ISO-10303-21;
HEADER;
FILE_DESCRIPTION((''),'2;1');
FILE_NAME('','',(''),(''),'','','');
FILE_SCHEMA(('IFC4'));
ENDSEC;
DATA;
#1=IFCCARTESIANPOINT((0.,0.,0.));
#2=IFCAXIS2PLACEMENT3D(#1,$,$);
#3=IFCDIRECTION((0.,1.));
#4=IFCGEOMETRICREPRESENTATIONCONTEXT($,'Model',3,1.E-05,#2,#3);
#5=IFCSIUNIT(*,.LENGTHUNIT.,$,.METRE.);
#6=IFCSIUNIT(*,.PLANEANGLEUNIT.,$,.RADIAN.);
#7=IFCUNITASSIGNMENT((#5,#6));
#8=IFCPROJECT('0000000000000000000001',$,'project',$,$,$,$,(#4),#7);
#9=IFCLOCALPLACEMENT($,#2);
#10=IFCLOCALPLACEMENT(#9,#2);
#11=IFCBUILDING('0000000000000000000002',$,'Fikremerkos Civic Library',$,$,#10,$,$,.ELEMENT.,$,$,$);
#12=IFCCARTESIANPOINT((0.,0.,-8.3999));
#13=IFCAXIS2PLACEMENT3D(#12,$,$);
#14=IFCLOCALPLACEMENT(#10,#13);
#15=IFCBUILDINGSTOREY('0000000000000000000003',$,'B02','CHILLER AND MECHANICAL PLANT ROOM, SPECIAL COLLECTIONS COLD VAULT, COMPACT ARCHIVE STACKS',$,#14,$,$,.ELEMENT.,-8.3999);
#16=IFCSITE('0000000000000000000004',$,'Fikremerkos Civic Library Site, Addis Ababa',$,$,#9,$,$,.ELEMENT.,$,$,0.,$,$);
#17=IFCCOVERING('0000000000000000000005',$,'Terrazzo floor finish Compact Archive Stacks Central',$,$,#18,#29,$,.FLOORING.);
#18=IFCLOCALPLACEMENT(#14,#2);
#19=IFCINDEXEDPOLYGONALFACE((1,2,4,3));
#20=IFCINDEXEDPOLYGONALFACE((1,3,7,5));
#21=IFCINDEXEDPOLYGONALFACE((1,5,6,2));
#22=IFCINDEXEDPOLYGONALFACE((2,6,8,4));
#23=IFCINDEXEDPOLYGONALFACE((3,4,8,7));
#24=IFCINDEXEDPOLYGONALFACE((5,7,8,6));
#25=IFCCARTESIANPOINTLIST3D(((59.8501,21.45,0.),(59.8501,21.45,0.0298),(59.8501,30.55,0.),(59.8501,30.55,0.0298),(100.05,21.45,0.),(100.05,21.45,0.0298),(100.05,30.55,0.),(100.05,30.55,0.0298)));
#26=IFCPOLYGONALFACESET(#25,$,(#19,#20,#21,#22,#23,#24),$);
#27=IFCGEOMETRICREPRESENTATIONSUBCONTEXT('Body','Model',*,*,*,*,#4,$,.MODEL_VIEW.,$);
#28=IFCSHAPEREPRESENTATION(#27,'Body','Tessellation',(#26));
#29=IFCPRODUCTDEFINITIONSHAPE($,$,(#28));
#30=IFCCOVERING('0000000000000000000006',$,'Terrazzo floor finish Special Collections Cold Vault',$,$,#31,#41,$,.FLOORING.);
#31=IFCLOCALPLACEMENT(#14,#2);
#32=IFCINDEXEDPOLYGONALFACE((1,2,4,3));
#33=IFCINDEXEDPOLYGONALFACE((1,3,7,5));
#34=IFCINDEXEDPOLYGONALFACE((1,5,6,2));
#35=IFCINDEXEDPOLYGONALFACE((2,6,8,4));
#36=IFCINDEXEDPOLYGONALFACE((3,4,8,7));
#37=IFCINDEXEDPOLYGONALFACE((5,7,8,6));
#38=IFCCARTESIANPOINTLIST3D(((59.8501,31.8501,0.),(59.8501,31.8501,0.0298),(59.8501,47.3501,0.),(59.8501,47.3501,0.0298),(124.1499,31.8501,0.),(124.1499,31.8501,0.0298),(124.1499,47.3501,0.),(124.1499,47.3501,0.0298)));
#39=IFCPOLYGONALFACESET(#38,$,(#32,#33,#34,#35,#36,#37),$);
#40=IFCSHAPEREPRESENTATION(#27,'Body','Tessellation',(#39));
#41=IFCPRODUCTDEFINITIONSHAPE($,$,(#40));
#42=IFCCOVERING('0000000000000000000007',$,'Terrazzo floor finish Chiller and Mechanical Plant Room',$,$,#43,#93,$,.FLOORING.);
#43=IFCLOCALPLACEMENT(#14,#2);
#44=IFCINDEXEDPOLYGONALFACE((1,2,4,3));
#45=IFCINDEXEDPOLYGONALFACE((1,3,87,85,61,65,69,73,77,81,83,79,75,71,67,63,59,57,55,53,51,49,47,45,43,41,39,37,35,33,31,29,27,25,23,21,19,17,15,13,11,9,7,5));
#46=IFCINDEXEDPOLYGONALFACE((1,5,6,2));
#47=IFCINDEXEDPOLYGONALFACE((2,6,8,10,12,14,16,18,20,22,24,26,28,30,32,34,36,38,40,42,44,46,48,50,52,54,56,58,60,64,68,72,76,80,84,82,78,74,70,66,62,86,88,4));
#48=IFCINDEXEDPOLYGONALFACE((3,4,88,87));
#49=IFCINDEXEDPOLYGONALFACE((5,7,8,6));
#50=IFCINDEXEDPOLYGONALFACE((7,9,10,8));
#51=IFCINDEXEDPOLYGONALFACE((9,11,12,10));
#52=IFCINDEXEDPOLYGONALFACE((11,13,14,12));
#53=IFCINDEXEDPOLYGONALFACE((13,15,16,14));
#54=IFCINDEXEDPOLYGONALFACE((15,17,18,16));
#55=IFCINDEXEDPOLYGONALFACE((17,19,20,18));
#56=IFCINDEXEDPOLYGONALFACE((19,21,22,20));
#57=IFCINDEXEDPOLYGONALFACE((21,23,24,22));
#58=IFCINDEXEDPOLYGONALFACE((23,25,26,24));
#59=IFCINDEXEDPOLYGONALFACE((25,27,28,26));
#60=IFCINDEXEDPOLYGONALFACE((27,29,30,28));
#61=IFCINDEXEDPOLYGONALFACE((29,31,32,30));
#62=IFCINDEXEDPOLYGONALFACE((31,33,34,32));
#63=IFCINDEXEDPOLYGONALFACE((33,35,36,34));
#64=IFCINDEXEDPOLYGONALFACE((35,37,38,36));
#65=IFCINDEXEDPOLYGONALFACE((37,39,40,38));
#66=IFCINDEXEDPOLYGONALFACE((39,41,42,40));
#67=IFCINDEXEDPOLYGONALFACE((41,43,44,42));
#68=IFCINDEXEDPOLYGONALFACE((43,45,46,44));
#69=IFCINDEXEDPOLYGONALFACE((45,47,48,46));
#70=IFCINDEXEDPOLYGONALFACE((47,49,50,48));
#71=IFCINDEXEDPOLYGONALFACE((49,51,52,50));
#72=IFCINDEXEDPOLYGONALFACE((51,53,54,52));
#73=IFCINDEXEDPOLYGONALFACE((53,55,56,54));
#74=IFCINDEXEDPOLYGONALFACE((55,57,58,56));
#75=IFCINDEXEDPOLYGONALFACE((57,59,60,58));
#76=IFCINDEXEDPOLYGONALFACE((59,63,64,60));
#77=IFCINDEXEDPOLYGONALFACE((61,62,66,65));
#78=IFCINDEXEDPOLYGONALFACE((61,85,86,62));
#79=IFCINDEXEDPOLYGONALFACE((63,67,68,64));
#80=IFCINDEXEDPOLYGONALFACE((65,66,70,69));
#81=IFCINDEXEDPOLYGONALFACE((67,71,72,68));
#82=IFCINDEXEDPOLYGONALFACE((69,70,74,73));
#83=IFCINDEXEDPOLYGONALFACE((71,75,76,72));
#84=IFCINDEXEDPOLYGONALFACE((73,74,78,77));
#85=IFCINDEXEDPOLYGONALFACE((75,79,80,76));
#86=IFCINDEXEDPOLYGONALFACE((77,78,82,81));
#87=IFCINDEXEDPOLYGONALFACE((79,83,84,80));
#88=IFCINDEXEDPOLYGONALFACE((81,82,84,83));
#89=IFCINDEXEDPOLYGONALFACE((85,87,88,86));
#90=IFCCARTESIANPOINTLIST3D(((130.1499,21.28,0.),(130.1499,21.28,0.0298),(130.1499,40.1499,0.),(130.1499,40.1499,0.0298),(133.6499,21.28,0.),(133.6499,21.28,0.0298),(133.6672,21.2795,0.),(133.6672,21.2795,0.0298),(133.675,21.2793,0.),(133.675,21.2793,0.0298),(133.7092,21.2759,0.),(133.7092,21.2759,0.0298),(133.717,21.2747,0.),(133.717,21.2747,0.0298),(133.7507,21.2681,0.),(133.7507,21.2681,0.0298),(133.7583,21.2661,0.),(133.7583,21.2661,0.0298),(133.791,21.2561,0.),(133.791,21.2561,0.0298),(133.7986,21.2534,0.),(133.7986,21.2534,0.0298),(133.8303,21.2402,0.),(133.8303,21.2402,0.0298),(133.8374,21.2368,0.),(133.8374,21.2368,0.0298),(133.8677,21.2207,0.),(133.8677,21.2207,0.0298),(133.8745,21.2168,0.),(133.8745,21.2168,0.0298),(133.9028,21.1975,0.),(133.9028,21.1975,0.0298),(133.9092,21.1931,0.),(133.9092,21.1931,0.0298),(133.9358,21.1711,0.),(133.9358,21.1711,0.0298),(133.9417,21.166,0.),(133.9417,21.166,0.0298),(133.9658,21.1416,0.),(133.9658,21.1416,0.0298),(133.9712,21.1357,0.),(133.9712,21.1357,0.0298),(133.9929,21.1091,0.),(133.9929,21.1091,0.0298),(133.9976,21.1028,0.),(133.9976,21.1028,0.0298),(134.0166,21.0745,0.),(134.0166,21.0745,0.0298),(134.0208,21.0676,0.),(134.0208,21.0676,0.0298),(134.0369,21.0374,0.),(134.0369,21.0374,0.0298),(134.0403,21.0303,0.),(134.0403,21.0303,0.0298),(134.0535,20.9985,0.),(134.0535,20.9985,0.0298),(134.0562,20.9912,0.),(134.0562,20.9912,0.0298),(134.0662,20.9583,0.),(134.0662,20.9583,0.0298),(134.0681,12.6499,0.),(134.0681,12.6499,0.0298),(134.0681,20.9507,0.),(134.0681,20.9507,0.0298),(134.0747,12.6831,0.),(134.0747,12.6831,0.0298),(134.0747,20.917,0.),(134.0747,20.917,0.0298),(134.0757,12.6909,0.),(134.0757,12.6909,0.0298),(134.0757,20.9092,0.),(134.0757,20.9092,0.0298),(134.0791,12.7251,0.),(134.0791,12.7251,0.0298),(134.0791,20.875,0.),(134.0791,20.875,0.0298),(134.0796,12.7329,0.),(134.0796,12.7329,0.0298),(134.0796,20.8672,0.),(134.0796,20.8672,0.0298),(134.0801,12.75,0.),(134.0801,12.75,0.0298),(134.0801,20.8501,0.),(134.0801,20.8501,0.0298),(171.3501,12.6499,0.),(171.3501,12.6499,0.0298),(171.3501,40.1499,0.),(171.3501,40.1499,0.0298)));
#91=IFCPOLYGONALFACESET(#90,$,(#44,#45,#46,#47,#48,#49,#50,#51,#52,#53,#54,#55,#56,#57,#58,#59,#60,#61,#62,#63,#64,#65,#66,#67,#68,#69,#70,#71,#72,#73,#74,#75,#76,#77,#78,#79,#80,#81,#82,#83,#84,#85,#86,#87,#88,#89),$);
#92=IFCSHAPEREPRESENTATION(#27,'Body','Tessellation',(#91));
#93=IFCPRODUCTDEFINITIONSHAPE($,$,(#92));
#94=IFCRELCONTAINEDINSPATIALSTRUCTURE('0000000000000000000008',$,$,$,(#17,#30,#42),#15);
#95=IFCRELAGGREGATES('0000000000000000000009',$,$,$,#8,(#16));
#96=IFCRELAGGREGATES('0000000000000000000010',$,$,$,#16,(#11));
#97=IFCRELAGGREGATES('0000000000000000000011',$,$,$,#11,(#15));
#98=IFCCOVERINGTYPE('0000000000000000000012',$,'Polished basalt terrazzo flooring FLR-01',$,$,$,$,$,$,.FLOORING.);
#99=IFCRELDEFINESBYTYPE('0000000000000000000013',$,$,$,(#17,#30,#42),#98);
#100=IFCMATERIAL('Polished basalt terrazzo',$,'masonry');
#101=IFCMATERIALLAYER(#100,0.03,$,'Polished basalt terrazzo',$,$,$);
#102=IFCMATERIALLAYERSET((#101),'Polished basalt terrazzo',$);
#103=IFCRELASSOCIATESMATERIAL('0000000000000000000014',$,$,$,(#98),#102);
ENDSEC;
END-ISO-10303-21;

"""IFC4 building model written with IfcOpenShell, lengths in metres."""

from ifc_helpers import new_model, si_unit, direction, frame, origin, place, context, subcontext, project, spatial, polyline, outline, extrude, material, layer, layer_set, type_object, element, save


model = new_model("IFC4")

# Units and contexts
model_context = context("Model", 3, precision=1e-05, world=origin(), true_north=direction((0.0, 1.0)))
body_context = subcontext(model_context, "Body", "Model", "MODEL_VIEW")
ifc_project = project(units=[si_unit("LENGTHUNIT", "METRE"), si_unit("PLANEANGLEUNIT", "RADIAN")], contexts=[model_context])

# Site, building, storey
site_placement = place(None, origin())
site = spatial("IfcSite", under=ifc_project, at=site_placement, Name="Fikremerkos Civic Library Site, Addis Ababa", CompositionType="ELEMENT", RefElevation=0.0)
building_placement = place(site_placement, origin())
building = spatial("IfcBuilding", under=site, at=building_placement, Name="Fikremerkos Civic Library", CompositionType="ELEMENT")
storey_placement = place(building_placement, frame((0.0, 0.0, -8.3999)))
storey = spatial("IfcBuildingStorey", under=building, at=storey_placement, Name="B02", Description="CHILLER AND MECHANICAL PLANT ROOM, SPECIAL COLLECTIONS COLD VAULT, COMPACT ARCHIVE STACKS", CompositionType="ELEMENT", Elevation=-8.3999)

# Coverings
ifc_material_1 = material(Name="Polished basalt terrazzo", Category="masonry")
ifc_layer_1 = layer(ifc_material_1, 0.03, Name="Polished basalt terrazzo")
ifc_layer_set_1 = layer_set([ifc_layer_1], Name="Polished basalt terrazzo")
covering_type_1 = type_object("IfcCoveringType", Name="Polished basalt terrazzo flooring FLR-01", PredefinedType="FLOORING", material=ifc_layer_set_1)
covering_1_placement = place(storey_placement, origin())
element("IfcCovering", 1, at=covering_1_placement, inside=storey, type_object=covering_type_1, Name="Terrazzo floor finish Compact Archive Stacks Central", PredefinedType="FLOORING", context=body_context, shape_type="SweptSolid", body=[
    extrude(outline(polyline([(59.8501, 21.45), (59.8501, 30.55), (100.05, 30.55), (100.05, 21.45), (59.8501, 21.45)])), origin(), (0.0, 0.0, 1.0), 0.0298),
])
covering_2_placement = place(storey_placement, origin())
element("IfcCovering", 2, at=covering_2_placement, inside=storey, type_object=covering_type_1, Name="Terrazzo floor finish Special Collections Cold Vault", PredefinedType="FLOORING", context=body_context, shape_type="SweptSolid", body=[
    extrude(outline(polyline([(59.8501, 31.8501), (59.8501, 47.3501), (124.1499, 47.3501), (124.1499, 31.8501), (59.8501, 31.8501)])), origin(), (0.0, 0.0, 1.0), 0.0298),
])
covering_3_placement = place(storey_placement, origin())
element("IfcCovering", 3, at=covering_3_placement, inside=storey, type_object=covering_type_1, Name="Terrazzo floor finish Chiller and Mechanical Plant Room", PredefinedType="FLOORING", context=body_context, shape_type="SweptSolid", body=[
    extrude(outline(polyline([(130.1499, 40.1499), (171.3501, 40.1499), (171.3501, 12.6499), (134.0681, 12.6499), (134.0747, 12.6831), (134.0757, 12.6909), (134.0791, 12.7251), (134.0796, 12.7329), (134.0801, 12.75), (134.0801, 20.8501), (134.0796, 20.8672), (134.0791, 20.875), (134.0757, 20.9092), (134.0747, 20.917), (134.0681, 20.9507), (134.0662, 20.9583), (134.0562, 20.9912), (134.0535, 20.9985), (134.0403, 21.0303), (134.0369, 21.0374), (134.0208, 21.0676), (134.0166, 21.0745), (133.9976, 21.1028), (133.9929, 21.1091), (133.9712, 21.1357), (133.9658, 21.1416), (133.9417, 21.166), (133.9358, 21.1711), (133.9092, 21.1931), (133.9028, 21.1975), (133.8745, 21.2168), (133.8677, 21.2207), (133.8374, 21.2368), (133.8303, 21.2402), (133.7986, 21.2534), (133.791, 21.2561), (133.7583, 21.2661), (133.7507, 21.2681), (133.717, 21.2747), (133.7092, 21.2759), (133.675, 21.2793), (133.6672, 21.2795), (133.6499, 21.28), (130.1499, 21.28), (130.1499, 40.1499)])), origin(), (0.0, 0.0, 1.0), 0.0298),
])

save(model, "model.ifc")
